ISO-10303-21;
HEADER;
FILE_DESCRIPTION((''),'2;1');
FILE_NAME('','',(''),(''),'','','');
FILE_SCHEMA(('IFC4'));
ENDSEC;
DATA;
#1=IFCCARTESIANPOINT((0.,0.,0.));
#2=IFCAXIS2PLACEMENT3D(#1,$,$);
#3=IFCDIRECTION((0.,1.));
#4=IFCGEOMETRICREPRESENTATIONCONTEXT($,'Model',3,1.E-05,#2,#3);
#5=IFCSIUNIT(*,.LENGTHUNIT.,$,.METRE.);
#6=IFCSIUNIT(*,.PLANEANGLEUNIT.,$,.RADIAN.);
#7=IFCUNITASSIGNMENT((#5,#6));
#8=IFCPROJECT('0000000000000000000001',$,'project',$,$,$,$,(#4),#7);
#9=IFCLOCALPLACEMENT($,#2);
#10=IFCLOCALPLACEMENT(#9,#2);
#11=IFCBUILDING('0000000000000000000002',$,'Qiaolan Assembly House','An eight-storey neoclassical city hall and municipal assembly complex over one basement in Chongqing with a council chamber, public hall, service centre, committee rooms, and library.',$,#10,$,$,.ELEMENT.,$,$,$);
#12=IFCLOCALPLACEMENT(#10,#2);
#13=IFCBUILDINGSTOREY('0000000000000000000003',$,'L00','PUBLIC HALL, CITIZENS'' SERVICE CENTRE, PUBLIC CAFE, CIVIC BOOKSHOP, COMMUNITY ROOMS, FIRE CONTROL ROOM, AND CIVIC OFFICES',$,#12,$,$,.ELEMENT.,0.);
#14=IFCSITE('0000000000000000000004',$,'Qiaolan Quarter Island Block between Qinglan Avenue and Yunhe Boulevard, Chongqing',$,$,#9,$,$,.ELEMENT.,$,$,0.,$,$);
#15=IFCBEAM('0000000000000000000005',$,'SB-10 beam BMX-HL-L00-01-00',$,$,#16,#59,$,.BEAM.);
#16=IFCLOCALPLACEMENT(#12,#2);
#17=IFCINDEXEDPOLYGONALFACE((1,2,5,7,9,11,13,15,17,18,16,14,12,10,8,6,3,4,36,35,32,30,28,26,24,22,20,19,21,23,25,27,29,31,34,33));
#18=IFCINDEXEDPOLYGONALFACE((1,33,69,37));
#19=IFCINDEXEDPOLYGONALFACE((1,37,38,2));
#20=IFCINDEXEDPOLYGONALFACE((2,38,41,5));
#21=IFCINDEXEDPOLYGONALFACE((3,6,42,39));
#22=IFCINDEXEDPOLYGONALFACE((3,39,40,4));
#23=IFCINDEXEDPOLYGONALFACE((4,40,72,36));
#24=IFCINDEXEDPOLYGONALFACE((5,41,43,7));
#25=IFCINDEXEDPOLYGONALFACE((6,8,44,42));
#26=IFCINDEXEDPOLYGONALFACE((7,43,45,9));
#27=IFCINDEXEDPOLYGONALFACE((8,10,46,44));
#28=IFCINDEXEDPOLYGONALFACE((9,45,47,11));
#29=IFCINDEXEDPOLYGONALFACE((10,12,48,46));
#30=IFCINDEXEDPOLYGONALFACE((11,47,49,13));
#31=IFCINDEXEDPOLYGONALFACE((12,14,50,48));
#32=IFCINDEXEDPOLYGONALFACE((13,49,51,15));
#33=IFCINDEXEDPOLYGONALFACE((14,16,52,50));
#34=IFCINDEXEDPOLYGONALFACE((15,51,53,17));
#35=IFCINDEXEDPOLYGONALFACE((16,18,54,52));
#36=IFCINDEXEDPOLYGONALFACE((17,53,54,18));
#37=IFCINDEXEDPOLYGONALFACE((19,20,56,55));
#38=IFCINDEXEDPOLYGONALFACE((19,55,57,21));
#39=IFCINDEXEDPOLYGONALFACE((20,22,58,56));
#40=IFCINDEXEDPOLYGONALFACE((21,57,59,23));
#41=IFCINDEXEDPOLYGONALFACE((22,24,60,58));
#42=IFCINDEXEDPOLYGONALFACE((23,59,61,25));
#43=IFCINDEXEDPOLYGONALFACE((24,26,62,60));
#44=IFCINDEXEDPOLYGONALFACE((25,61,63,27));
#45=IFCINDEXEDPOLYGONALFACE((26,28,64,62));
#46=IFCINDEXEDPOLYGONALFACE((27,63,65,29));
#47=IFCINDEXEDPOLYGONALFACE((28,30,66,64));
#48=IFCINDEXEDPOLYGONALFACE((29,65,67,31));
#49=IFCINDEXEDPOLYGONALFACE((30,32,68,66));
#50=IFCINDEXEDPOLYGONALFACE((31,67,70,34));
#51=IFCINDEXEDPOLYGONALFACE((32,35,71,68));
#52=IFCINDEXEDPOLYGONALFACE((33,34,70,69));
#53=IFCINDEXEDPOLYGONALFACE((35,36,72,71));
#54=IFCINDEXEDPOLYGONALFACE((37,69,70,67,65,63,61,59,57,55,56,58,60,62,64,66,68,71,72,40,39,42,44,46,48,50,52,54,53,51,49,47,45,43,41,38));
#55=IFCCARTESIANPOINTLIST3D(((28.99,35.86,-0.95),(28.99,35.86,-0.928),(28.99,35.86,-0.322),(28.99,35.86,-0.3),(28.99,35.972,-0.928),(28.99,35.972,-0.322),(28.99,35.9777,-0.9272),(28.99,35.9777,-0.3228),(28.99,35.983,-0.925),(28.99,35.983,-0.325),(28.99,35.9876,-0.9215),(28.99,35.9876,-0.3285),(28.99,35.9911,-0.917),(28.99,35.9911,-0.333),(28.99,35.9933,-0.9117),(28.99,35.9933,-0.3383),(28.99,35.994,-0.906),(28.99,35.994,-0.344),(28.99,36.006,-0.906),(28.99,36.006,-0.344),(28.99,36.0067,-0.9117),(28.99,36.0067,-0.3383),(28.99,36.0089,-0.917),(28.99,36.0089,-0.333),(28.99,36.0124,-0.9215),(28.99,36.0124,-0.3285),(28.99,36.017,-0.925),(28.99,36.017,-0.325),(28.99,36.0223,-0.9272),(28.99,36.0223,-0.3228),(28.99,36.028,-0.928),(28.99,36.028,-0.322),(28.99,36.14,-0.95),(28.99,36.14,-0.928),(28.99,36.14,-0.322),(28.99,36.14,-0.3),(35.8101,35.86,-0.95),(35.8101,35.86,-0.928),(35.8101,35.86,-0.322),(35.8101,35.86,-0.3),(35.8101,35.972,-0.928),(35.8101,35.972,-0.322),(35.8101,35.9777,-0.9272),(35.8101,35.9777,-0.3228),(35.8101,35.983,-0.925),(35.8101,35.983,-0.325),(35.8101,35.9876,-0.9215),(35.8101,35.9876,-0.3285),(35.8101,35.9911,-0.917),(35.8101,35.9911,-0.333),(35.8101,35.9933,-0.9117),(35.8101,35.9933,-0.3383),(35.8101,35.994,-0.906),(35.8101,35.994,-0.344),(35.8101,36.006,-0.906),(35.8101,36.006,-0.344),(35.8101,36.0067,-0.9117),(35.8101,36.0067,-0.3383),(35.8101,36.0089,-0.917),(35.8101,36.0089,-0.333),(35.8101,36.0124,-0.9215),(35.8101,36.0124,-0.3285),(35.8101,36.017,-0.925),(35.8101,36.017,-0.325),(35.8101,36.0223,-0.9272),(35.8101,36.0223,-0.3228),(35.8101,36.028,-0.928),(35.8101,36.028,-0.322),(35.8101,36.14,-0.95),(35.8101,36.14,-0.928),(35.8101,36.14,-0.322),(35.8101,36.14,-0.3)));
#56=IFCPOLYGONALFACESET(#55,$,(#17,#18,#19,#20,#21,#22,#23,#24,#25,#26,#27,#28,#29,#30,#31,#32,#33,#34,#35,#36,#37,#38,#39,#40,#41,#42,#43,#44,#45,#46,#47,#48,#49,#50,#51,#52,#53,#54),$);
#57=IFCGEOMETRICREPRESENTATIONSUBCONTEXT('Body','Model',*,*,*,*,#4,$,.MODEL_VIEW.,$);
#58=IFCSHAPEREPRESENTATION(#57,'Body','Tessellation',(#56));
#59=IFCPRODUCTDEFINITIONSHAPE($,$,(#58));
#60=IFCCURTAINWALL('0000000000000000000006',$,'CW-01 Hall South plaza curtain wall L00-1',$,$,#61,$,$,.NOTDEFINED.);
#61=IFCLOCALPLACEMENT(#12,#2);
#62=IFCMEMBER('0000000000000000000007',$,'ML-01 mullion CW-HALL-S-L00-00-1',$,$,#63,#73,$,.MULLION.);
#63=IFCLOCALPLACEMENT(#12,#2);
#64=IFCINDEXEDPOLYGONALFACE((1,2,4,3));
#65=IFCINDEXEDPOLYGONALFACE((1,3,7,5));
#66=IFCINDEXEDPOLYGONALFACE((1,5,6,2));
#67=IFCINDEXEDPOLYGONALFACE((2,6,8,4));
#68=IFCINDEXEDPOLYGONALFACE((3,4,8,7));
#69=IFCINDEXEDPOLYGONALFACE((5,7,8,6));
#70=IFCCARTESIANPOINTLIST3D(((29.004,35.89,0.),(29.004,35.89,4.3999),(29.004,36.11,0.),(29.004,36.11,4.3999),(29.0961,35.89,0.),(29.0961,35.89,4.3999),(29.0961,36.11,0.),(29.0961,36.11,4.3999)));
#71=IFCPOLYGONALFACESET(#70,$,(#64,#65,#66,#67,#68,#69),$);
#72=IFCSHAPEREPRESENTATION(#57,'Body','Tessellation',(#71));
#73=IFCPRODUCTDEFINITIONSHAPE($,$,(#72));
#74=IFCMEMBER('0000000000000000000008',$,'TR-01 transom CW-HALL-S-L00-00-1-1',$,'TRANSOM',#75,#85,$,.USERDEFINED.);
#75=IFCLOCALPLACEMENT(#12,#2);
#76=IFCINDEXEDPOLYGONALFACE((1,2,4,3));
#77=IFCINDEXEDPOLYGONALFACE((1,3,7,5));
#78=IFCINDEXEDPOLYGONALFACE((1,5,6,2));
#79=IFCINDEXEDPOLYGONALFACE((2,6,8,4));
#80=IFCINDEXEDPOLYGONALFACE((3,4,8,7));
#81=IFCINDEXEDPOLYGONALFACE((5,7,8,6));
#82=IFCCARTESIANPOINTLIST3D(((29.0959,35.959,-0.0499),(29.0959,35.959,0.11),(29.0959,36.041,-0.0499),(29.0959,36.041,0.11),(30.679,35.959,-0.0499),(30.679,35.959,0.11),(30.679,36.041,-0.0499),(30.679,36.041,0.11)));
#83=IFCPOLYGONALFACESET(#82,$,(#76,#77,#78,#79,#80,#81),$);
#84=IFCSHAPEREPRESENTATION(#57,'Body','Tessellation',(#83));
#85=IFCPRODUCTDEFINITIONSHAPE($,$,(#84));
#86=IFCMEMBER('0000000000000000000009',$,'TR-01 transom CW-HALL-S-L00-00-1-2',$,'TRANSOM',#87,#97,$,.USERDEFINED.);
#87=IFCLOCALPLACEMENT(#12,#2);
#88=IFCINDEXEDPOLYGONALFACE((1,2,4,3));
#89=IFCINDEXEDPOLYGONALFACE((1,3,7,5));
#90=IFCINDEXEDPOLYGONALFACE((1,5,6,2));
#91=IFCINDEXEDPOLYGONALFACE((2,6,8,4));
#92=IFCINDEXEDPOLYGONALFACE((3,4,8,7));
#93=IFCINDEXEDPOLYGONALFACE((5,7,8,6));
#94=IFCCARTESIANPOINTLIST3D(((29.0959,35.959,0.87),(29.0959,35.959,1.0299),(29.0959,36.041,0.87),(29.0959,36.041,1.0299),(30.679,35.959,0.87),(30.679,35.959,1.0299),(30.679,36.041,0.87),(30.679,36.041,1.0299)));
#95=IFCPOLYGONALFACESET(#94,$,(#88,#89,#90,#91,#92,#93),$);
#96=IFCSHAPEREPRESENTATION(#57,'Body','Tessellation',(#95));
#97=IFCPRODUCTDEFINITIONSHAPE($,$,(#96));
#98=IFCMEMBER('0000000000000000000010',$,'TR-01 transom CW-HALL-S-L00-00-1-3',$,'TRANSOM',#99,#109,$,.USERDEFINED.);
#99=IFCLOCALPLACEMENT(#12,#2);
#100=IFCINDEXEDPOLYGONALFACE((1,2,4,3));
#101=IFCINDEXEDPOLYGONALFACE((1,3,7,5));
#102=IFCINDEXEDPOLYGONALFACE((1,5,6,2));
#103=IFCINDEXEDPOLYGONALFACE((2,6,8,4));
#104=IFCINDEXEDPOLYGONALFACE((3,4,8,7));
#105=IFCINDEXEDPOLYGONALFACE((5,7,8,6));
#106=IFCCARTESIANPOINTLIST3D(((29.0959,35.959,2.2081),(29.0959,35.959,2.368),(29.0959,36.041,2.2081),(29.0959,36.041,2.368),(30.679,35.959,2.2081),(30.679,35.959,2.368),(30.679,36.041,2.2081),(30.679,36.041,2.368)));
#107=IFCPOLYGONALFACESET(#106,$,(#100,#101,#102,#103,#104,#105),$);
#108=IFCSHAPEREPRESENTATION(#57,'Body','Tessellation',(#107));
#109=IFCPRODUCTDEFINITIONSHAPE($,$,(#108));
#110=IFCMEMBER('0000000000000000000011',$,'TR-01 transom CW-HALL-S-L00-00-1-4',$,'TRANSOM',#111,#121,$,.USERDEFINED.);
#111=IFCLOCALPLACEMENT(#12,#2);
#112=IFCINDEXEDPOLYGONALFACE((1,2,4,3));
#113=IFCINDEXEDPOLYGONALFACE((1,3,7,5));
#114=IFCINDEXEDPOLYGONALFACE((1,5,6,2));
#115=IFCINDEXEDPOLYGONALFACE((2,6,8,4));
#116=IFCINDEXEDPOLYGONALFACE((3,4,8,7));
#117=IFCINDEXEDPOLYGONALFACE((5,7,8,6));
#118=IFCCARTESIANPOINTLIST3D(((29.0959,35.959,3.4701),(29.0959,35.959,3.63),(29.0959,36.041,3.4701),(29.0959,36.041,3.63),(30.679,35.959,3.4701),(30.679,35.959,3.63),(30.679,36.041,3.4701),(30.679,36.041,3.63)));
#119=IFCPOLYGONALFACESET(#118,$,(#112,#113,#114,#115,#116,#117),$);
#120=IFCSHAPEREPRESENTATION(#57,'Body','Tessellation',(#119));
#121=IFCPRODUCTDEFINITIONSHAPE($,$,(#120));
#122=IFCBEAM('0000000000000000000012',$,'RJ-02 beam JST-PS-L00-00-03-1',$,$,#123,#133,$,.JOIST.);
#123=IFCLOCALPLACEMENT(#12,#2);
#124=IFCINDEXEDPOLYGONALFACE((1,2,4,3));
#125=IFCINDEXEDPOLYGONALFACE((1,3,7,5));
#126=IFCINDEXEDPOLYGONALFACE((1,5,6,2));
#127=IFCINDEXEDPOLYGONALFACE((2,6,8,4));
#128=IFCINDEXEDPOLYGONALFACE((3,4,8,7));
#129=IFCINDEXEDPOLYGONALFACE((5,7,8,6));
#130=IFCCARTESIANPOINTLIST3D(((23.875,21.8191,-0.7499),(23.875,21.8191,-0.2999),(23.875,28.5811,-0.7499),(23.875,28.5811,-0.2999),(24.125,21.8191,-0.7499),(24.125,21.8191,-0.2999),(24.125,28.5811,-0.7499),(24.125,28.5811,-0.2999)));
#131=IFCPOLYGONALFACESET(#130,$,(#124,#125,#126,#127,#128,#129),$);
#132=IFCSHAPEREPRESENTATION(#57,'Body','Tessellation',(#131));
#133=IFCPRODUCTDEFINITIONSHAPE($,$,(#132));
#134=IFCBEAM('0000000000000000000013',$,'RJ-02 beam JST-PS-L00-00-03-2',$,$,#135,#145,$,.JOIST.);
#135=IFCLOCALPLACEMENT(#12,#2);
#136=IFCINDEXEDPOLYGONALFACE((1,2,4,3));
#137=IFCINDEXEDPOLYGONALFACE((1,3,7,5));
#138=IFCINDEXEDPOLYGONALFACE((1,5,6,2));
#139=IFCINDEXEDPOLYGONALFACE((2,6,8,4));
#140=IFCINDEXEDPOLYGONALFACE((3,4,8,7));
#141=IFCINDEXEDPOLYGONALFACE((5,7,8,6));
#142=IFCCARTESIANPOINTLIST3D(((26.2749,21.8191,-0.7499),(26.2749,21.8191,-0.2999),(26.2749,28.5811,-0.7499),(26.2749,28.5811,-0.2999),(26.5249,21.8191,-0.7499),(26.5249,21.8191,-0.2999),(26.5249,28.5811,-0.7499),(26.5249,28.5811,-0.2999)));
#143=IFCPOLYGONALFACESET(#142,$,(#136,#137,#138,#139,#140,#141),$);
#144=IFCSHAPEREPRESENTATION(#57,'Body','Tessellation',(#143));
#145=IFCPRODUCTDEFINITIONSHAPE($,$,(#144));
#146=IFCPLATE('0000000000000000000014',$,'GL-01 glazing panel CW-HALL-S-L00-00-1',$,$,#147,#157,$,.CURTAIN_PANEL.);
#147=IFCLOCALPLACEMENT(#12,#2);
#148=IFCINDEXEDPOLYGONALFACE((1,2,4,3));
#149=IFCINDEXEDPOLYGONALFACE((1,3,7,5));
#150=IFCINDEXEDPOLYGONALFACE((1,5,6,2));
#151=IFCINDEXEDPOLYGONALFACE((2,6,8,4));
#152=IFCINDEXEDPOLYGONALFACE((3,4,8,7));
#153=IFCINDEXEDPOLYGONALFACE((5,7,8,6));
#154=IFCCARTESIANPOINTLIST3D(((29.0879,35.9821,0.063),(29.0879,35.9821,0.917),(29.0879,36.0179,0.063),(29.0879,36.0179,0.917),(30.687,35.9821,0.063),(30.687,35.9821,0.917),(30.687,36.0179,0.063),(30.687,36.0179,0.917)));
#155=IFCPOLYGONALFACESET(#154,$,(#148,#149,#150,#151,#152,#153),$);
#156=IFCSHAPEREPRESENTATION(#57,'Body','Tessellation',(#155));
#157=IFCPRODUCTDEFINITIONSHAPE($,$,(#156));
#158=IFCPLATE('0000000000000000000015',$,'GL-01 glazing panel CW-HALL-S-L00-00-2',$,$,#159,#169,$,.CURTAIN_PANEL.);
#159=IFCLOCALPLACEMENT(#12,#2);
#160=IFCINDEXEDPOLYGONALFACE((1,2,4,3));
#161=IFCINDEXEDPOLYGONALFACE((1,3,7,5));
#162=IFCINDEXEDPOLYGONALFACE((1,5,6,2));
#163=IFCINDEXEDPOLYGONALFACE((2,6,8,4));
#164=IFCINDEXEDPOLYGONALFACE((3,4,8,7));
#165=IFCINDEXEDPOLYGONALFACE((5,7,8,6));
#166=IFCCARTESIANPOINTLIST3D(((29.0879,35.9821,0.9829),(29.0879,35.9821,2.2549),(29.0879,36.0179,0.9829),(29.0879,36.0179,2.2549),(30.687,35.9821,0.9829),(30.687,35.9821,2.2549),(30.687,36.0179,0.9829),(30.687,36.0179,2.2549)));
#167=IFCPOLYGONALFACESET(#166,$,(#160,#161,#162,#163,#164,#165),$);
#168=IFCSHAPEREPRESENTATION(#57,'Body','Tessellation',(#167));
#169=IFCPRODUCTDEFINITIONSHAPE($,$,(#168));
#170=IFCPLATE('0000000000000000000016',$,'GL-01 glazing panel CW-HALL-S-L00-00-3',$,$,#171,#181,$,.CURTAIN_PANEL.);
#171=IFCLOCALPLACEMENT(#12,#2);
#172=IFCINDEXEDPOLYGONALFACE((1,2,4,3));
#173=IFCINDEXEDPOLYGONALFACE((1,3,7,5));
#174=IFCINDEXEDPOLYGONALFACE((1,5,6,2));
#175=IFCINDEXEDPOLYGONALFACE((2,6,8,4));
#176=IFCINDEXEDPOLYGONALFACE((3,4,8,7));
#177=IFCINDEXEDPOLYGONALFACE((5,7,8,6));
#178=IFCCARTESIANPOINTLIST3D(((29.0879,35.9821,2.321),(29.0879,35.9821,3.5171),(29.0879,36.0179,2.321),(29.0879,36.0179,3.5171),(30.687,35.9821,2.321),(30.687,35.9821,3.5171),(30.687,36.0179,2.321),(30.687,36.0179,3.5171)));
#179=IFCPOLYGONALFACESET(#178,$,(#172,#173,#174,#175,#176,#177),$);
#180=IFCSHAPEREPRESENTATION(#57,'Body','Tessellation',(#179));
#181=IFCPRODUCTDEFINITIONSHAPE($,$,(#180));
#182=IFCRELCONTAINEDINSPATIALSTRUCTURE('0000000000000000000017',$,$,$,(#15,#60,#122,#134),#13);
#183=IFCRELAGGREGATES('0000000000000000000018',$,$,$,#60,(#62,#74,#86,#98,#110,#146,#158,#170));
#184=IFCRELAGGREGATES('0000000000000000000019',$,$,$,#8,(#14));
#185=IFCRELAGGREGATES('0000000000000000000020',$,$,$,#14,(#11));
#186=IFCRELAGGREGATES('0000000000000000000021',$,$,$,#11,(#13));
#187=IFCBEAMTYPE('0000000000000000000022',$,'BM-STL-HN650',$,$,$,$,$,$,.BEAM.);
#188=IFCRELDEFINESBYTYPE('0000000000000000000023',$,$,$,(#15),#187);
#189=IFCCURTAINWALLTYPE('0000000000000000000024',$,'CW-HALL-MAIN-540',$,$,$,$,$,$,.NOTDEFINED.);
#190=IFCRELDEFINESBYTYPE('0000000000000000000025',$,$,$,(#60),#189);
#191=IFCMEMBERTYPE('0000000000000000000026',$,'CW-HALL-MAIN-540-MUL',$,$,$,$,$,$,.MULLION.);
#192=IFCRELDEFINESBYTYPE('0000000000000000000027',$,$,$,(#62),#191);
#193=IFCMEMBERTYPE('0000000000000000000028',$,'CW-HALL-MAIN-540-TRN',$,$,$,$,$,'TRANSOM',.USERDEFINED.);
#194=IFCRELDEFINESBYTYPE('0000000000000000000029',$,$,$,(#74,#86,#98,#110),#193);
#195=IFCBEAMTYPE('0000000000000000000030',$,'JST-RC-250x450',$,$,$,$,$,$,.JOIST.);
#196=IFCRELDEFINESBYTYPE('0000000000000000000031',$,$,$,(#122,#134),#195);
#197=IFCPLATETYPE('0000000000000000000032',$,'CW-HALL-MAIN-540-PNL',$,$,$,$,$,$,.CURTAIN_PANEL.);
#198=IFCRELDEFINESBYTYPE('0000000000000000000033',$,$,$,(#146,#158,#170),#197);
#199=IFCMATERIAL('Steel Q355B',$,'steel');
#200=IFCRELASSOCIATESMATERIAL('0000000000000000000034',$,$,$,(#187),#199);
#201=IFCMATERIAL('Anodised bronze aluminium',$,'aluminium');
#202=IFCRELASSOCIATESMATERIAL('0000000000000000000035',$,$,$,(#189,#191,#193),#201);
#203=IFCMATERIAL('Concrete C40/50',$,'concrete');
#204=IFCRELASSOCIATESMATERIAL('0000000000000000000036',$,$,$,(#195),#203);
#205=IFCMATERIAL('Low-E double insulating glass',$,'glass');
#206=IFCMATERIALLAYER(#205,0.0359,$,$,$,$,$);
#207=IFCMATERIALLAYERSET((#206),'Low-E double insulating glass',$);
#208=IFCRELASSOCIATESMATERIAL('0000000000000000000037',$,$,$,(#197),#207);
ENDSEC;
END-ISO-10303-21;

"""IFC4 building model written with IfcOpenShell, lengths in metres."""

from ifc_helpers import new_model, si_unit, direction, frame, frame_2d, origin, origin_2d, place, context, subcontext, project, spatial, rectangle, i_section, extrude, material, layer, layer_set, material_profile, profile_set, type_object, element, aggregate, save


model = new_model("IFC4")

# Units and contexts
model_context = context("Model", 3, precision=1e-05, world=origin(), true_north=direction((0.0, 1.0)))
body_context = subcontext(model_context, "Body", "Model", "MODEL_VIEW")
ifc_project = project(units=[si_unit("LENGTHUNIT", "METRE"), si_unit("PLANEANGLEUNIT", "RADIAN")], contexts=[model_context])

# Site, building, storey
site_placement = place(None, origin())
site = spatial("IfcSite", under=ifc_project, at=site_placement, Name="Qiaolan Quarter Island Block between Qinglan Avenue and Yunhe Boulevard, Chongqing", CompositionType="ELEMENT", RefElevation=0.0)
building_placement = place(site_placement, origin())
building = spatial("IfcBuilding", under=site, at=building_placement, Name="Qiaolan Assembly House", Description="An eight-storey neoclassical city hall and municipal assembly complex over one basement in Chongqing with a council chamber, public hall, service centre, committee rooms, and library.", CompositionType="ELEMENT")
storey_placement = place(building_placement, origin())
storey = spatial("IfcBuildingStorey", under=building, at=storey_placement, Name="L00", Description="PUBLIC HALL, CITIZENS' SERVICE CENTRE, PUBLIC CAFE, CIVIC BOOKSHOP, COMMUNITY ROOMS, FIRE CONTROL ROOM, AND CIVIC OFFICES", CompositionType="ELEMENT", Elevation=0.0)

# Shared definitions
ifc_material_1 = material(Name="Steel Q355B", Category="steel")

# Beam
ifc_material_2 = material(Name="Concrete C40/50", Category="concrete")
ifc_material_profile_1 = material_profile(ifc_material_1, i_section(OverallWidth=0.28, OverallDepth=0.6499, WebThickness=0.012, FlangeThickness=0.022, FilletRadius=0.022, at=origin_2d()), Name="HN 650x280x12x22")
ifc_profile_set_1 = profile_set([ifc_material_profile_1], Name="Steel Q355B")
beam_type_1 = type_object("IfcBeamType", Name="BM-STL-HN650", PredefinedType="BEAM", material=ifc_profile_set_1)
for number, where, z_axis, x_axis, name in (
    (1, (28.99, 36.0, -0.625), (1.0, 0.0, 0.0), (0.0, 1.0, 0.0), "SB-10 beam BMX-HL-L00-01-00"),
):
    element("IfcBeam", number, at=place(storey_placement, frame(where, z_axis=z_axis, x_axis=x_axis)), inside=storey, type_object=beam_type_1, Name=name, PredefinedType="BEAM", context=body_context, shape_type="SweptSolid", body=[
        extrude(i_section(OverallWidth=0.28, OverallDepth=0.6499, WebThickness=0.012, FlangeThickness=0.022, FilletRadius=0.022, at=origin_2d()), origin(), (0.0, 0.0, 1.0), 6.8201),
    ])

# Curtain wall, members
ifc_material_3 = material(Name="Anodised bronze aluminium", Category="aluminium")
curtain_wall_type = type_object("IfcCurtainWallType", Name="CW-HALL-MAIN-540", PredefinedType="NOTDEFINED", material=ifc_material_3)
curtain_wall_placement = place(storey_placement, origin())
curtain_wall = element("IfcCurtainWall", 2, at=curtain_wall_placement, inside=storey, type_object=curtain_wall_type, Name="CW-01 Hall South plaza curtain wall L00-1", PredefinedType="NOTDEFINED")
ifc_material_profile_2 = material_profile(ifc_material_3, rectangle(XDim=0.092, YDim=0.22, at=origin_2d()), Name="MUL 92x220")
ifc_profile_set_2 = profile_set([ifc_material_profile_2], Name="Anodised bronze aluminium")
member_type_1 = type_object("IfcMemberType", Name="CW-HALL-MAIN-540-MUL", PredefinedType="MULLION", material=ifc_profile_set_2)
member_1_placement = place(storey_placement, frame((29.05, 36.0, 0.0), z_axis=(0.0, 0.0, 1.0), x_axis=(1.0, 0.0, 0.0)))
member_1 = element("IfcMember", 3, at=member_1_placement, type_object=member_type_1, Name="ML-01 mullion CW-HALL-S-L00-00-1", PredefinedType="MULLION", context=body_context, shape_type="SweptSolid", body=[
    extrude(rectangle(XDim=0.092, YDim=0.22, at=origin_2d()), origin(), (0.0, 0.0, 1.0), 4.3999),
])
ifc_material_profile_3 = material_profile(ifc_material_3, rectangle(XDim=0.082, YDim=0.1599, at=origin_2d()), Name="TRN 82x160")
ifc_profile_set_3 = profile_set([ifc_material_profile_3], Name="Anodised bronze aluminium")
member_type_2 = type_object("IfcMemberType", Name="CW-HALL-MAIN-540-TRN", ElementType="TRANSOM", PredefinedType="USERDEFINED", material=ifc_profile_set_3)
member_2_placement = place(storey_placement, frame((29.0959, 36.0, 0.03), z_axis=(1.0, 0.0, 0.0), x_axis=(0.0, 1.0, 0.0)))
member_2 = element("IfcMember", 4, at=member_2_placement, type_object=member_type_2, Name="TR-01 transom CW-HALL-S-L00-00-1-1", ObjectType="TRANSOM", PredefinedType="USERDEFINED", context=body_context, shape_type="SweptSolid", body=[
    extrude(rectangle(XDim=0.082, YDim=0.1599, at=origin_2d()), origin(), (0.0, 0.0, 1.0), 1.583),
])
member_3_placement = place(storey_placement, frame((29.0959, 36.0, 0.95), z_axis=(1.0, 0.0, 0.0), x_axis=(0.0, 1.0, 0.0)))
member_3 = element("IfcMember", 5, at=member_3_placement, type_object=member_type_2, Name="TR-01 transom CW-HALL-S-L00-00-1-2", ObjectType="TRANSOM", PredefinedType="USERDEFINED", context=body_context, shape_type="SweptSolid", body=[
    extrude(rectangle(XDim=0.082, YDim=0.1599, at=origin_2d()), origin(), (0.0, 0.0, 1.0), 1.583),
])
member_4_placement = place(storey_placement, frame((29.0959, 36.0, 2.2881), z_axis=(1.0, 0.0, 0.0), x_axis=(0.0, 1.0, 0.0)))
member_4 = element("IfcMember", 6, at=member_4_placement, type_object=member_type_2, Name="TR-01 transom CW-HALL-S-L00-00-1-3", ObjectType="TRANSOM", PredefinedType="USERDEFINED", context=body_context, shape_type="SweptSolid", body=[
    extrude(rectangle(XDim=0.082, YDim=0.1599, at=origin_2d()), origin(), (0.0, 0.0, 1.0), 1.583),
])
member_5_placement = place(storey_placement, frame((29.0959, 36.0, 3.55), z_axis=(1.0, 0.0, 0.0), x_axis=(0.0, 1.0, 0.0)))
member_5 = element("IfcMember", 7, at=member_5_placement, type_object=member_type_2, Name="TR-01 transom CW-HALL-S-L00-00-1-4", ObjectType="TRANSOM", PredefinedType="USERDEFINED", context=body_context, shape_type="SweptSolid", body=[
    extrude(rectangle(XDim=0.082, YDim=0.1599, at=origin_2d()), origin(), (0.0, 0.0, 1.0), 1.583),
])

# Beams
ifc_material_profile_4 = material_profile(ifc_material_2, rectangle(XDim=0.25, YDim=0.45, at=origin_2d()), Name="RCB 250x450")
ifc_profile_set_4 = profile_set([ifc_material_profile_4], Name="Concrete C40/50")
beam_type_2 = type_object("IfcBeamType", Name="JST-RC-250x450", PredefinedType="JOIST", material=ifc_profile_set_4)
for number, where, z_axis, x_axis, name in (
    (8, (24.0, 21.8191, -0.5249), (0.0, 1.0, 0.0), (-1.0, 0.0, 0.0), "RJ-02 beam JST-PS-L00-00-03-1"),
    (9, (26.3999, 21.8191, -0.5249), (0.0, 1.0, 0.0), (-1.0, 0.0, 0.0), "RJ-02 beam JST-PS-L00-00-03-2"),
):
    element("IfcBeam", number, at=place(storey_placement, frame(where, z_axis=z_axis, x_axis=x_axis)), inside=storey, type_object=beam_type_2, Name=name, PredefinedType="JOIST", context=body_context, shape_type="SweptSolid", body=[
        extrude(rectangle(XDim=0.25, YDim=0.45, at=origin_2d()), origin(), (0.0, 0.0, 1.0), 6.762),
    ])

# Plates
ifc_material_4 = material(Name="Low-E double insulating glass", Category="glass")
ifc_layer_1 = layer(ifc_material_4, 0.0359)
ifc_layer_set_1 = layer_set([ifc_layer_1], Name="Low-E double insulating glass")
plate_type_1 = type_object("IfcPlateType", Name="CW-HALL-MAIN-540-PNL", PredefinedType="CURTAIN_PANEL", material=ifc_layer_set_1)
plate_1_placement = place(storey_placement, frame((29.0879, 36.0, 0.063), z_axis=(0.0, 0.0, 1.0), x_axis=(1.0, 0.0, 0.0)))
plate_1 = element("IfcPlate", 10, at=plate_1_placement, type_object=plate_type_1, Name="GL-01 glazing panel CW-HALL-S-L00-00-1", PredefinedType="CURTAIN_PANEL", context=body_context, shape_type="SweptSolid", body=[
    extrude(rectangle(XDim=1.5991, YDim=0.0359, at=frame_2d((0.7996, 0.0))), origin(), (0.0, 0.0, 1.0), 0.854),
])
plate_2_placement = place(storey_placement, frame((29.0879, 36.0, 0.9829), z_axis=(0.0, 0.0, 1.0), x_axis=(1.0, 0.0, 0.0)))
plate_2 = element("IfcPlate", 11, at=plate_2_placement, type_object=plate_type_1, Name="GL-01 glazing panel CW-HALL-S-L00-00-2", PredefinedType="CURTAIN_PANEL", context=body_context, shape_type="SweptSolid", body=[
    extrude(rectangle(XDim=1.5991, YDim=0.0359, at=frame_2d((0.7996, 0.0))), origin(), (0.0, 0.0, 1.0), 1.272),
])
plate_3_placement = place(storey_placement, frame((29.0879, 36.0, 2.321), z_axis=(0.0, 0.0, 1.0), x_axis=(1.0, 0.0, 0.0)))
plate_3 = element("IfcPlate", 12, at=plate_3_placement, type_object=plate_type_1, Name="GL-01 glazing panel CW-HALL-S-L00-00-3", PredefinedType="CURTAIN_PANEL", context=body_context, shape_type="SweptSolid", body=[
    extrude(rectangle(XDim=1.5991, YDim=0.0359, at=frame_2d((0.7996, 0.0))), origin(), (0.0, 0.0, 1.0), 1.196),
])
aggregate(curtain_wall, [member_1, member_2, member_3, member_4, member_5, plate_1, plate_2, plate_3])

save(model, "model.ifc")
